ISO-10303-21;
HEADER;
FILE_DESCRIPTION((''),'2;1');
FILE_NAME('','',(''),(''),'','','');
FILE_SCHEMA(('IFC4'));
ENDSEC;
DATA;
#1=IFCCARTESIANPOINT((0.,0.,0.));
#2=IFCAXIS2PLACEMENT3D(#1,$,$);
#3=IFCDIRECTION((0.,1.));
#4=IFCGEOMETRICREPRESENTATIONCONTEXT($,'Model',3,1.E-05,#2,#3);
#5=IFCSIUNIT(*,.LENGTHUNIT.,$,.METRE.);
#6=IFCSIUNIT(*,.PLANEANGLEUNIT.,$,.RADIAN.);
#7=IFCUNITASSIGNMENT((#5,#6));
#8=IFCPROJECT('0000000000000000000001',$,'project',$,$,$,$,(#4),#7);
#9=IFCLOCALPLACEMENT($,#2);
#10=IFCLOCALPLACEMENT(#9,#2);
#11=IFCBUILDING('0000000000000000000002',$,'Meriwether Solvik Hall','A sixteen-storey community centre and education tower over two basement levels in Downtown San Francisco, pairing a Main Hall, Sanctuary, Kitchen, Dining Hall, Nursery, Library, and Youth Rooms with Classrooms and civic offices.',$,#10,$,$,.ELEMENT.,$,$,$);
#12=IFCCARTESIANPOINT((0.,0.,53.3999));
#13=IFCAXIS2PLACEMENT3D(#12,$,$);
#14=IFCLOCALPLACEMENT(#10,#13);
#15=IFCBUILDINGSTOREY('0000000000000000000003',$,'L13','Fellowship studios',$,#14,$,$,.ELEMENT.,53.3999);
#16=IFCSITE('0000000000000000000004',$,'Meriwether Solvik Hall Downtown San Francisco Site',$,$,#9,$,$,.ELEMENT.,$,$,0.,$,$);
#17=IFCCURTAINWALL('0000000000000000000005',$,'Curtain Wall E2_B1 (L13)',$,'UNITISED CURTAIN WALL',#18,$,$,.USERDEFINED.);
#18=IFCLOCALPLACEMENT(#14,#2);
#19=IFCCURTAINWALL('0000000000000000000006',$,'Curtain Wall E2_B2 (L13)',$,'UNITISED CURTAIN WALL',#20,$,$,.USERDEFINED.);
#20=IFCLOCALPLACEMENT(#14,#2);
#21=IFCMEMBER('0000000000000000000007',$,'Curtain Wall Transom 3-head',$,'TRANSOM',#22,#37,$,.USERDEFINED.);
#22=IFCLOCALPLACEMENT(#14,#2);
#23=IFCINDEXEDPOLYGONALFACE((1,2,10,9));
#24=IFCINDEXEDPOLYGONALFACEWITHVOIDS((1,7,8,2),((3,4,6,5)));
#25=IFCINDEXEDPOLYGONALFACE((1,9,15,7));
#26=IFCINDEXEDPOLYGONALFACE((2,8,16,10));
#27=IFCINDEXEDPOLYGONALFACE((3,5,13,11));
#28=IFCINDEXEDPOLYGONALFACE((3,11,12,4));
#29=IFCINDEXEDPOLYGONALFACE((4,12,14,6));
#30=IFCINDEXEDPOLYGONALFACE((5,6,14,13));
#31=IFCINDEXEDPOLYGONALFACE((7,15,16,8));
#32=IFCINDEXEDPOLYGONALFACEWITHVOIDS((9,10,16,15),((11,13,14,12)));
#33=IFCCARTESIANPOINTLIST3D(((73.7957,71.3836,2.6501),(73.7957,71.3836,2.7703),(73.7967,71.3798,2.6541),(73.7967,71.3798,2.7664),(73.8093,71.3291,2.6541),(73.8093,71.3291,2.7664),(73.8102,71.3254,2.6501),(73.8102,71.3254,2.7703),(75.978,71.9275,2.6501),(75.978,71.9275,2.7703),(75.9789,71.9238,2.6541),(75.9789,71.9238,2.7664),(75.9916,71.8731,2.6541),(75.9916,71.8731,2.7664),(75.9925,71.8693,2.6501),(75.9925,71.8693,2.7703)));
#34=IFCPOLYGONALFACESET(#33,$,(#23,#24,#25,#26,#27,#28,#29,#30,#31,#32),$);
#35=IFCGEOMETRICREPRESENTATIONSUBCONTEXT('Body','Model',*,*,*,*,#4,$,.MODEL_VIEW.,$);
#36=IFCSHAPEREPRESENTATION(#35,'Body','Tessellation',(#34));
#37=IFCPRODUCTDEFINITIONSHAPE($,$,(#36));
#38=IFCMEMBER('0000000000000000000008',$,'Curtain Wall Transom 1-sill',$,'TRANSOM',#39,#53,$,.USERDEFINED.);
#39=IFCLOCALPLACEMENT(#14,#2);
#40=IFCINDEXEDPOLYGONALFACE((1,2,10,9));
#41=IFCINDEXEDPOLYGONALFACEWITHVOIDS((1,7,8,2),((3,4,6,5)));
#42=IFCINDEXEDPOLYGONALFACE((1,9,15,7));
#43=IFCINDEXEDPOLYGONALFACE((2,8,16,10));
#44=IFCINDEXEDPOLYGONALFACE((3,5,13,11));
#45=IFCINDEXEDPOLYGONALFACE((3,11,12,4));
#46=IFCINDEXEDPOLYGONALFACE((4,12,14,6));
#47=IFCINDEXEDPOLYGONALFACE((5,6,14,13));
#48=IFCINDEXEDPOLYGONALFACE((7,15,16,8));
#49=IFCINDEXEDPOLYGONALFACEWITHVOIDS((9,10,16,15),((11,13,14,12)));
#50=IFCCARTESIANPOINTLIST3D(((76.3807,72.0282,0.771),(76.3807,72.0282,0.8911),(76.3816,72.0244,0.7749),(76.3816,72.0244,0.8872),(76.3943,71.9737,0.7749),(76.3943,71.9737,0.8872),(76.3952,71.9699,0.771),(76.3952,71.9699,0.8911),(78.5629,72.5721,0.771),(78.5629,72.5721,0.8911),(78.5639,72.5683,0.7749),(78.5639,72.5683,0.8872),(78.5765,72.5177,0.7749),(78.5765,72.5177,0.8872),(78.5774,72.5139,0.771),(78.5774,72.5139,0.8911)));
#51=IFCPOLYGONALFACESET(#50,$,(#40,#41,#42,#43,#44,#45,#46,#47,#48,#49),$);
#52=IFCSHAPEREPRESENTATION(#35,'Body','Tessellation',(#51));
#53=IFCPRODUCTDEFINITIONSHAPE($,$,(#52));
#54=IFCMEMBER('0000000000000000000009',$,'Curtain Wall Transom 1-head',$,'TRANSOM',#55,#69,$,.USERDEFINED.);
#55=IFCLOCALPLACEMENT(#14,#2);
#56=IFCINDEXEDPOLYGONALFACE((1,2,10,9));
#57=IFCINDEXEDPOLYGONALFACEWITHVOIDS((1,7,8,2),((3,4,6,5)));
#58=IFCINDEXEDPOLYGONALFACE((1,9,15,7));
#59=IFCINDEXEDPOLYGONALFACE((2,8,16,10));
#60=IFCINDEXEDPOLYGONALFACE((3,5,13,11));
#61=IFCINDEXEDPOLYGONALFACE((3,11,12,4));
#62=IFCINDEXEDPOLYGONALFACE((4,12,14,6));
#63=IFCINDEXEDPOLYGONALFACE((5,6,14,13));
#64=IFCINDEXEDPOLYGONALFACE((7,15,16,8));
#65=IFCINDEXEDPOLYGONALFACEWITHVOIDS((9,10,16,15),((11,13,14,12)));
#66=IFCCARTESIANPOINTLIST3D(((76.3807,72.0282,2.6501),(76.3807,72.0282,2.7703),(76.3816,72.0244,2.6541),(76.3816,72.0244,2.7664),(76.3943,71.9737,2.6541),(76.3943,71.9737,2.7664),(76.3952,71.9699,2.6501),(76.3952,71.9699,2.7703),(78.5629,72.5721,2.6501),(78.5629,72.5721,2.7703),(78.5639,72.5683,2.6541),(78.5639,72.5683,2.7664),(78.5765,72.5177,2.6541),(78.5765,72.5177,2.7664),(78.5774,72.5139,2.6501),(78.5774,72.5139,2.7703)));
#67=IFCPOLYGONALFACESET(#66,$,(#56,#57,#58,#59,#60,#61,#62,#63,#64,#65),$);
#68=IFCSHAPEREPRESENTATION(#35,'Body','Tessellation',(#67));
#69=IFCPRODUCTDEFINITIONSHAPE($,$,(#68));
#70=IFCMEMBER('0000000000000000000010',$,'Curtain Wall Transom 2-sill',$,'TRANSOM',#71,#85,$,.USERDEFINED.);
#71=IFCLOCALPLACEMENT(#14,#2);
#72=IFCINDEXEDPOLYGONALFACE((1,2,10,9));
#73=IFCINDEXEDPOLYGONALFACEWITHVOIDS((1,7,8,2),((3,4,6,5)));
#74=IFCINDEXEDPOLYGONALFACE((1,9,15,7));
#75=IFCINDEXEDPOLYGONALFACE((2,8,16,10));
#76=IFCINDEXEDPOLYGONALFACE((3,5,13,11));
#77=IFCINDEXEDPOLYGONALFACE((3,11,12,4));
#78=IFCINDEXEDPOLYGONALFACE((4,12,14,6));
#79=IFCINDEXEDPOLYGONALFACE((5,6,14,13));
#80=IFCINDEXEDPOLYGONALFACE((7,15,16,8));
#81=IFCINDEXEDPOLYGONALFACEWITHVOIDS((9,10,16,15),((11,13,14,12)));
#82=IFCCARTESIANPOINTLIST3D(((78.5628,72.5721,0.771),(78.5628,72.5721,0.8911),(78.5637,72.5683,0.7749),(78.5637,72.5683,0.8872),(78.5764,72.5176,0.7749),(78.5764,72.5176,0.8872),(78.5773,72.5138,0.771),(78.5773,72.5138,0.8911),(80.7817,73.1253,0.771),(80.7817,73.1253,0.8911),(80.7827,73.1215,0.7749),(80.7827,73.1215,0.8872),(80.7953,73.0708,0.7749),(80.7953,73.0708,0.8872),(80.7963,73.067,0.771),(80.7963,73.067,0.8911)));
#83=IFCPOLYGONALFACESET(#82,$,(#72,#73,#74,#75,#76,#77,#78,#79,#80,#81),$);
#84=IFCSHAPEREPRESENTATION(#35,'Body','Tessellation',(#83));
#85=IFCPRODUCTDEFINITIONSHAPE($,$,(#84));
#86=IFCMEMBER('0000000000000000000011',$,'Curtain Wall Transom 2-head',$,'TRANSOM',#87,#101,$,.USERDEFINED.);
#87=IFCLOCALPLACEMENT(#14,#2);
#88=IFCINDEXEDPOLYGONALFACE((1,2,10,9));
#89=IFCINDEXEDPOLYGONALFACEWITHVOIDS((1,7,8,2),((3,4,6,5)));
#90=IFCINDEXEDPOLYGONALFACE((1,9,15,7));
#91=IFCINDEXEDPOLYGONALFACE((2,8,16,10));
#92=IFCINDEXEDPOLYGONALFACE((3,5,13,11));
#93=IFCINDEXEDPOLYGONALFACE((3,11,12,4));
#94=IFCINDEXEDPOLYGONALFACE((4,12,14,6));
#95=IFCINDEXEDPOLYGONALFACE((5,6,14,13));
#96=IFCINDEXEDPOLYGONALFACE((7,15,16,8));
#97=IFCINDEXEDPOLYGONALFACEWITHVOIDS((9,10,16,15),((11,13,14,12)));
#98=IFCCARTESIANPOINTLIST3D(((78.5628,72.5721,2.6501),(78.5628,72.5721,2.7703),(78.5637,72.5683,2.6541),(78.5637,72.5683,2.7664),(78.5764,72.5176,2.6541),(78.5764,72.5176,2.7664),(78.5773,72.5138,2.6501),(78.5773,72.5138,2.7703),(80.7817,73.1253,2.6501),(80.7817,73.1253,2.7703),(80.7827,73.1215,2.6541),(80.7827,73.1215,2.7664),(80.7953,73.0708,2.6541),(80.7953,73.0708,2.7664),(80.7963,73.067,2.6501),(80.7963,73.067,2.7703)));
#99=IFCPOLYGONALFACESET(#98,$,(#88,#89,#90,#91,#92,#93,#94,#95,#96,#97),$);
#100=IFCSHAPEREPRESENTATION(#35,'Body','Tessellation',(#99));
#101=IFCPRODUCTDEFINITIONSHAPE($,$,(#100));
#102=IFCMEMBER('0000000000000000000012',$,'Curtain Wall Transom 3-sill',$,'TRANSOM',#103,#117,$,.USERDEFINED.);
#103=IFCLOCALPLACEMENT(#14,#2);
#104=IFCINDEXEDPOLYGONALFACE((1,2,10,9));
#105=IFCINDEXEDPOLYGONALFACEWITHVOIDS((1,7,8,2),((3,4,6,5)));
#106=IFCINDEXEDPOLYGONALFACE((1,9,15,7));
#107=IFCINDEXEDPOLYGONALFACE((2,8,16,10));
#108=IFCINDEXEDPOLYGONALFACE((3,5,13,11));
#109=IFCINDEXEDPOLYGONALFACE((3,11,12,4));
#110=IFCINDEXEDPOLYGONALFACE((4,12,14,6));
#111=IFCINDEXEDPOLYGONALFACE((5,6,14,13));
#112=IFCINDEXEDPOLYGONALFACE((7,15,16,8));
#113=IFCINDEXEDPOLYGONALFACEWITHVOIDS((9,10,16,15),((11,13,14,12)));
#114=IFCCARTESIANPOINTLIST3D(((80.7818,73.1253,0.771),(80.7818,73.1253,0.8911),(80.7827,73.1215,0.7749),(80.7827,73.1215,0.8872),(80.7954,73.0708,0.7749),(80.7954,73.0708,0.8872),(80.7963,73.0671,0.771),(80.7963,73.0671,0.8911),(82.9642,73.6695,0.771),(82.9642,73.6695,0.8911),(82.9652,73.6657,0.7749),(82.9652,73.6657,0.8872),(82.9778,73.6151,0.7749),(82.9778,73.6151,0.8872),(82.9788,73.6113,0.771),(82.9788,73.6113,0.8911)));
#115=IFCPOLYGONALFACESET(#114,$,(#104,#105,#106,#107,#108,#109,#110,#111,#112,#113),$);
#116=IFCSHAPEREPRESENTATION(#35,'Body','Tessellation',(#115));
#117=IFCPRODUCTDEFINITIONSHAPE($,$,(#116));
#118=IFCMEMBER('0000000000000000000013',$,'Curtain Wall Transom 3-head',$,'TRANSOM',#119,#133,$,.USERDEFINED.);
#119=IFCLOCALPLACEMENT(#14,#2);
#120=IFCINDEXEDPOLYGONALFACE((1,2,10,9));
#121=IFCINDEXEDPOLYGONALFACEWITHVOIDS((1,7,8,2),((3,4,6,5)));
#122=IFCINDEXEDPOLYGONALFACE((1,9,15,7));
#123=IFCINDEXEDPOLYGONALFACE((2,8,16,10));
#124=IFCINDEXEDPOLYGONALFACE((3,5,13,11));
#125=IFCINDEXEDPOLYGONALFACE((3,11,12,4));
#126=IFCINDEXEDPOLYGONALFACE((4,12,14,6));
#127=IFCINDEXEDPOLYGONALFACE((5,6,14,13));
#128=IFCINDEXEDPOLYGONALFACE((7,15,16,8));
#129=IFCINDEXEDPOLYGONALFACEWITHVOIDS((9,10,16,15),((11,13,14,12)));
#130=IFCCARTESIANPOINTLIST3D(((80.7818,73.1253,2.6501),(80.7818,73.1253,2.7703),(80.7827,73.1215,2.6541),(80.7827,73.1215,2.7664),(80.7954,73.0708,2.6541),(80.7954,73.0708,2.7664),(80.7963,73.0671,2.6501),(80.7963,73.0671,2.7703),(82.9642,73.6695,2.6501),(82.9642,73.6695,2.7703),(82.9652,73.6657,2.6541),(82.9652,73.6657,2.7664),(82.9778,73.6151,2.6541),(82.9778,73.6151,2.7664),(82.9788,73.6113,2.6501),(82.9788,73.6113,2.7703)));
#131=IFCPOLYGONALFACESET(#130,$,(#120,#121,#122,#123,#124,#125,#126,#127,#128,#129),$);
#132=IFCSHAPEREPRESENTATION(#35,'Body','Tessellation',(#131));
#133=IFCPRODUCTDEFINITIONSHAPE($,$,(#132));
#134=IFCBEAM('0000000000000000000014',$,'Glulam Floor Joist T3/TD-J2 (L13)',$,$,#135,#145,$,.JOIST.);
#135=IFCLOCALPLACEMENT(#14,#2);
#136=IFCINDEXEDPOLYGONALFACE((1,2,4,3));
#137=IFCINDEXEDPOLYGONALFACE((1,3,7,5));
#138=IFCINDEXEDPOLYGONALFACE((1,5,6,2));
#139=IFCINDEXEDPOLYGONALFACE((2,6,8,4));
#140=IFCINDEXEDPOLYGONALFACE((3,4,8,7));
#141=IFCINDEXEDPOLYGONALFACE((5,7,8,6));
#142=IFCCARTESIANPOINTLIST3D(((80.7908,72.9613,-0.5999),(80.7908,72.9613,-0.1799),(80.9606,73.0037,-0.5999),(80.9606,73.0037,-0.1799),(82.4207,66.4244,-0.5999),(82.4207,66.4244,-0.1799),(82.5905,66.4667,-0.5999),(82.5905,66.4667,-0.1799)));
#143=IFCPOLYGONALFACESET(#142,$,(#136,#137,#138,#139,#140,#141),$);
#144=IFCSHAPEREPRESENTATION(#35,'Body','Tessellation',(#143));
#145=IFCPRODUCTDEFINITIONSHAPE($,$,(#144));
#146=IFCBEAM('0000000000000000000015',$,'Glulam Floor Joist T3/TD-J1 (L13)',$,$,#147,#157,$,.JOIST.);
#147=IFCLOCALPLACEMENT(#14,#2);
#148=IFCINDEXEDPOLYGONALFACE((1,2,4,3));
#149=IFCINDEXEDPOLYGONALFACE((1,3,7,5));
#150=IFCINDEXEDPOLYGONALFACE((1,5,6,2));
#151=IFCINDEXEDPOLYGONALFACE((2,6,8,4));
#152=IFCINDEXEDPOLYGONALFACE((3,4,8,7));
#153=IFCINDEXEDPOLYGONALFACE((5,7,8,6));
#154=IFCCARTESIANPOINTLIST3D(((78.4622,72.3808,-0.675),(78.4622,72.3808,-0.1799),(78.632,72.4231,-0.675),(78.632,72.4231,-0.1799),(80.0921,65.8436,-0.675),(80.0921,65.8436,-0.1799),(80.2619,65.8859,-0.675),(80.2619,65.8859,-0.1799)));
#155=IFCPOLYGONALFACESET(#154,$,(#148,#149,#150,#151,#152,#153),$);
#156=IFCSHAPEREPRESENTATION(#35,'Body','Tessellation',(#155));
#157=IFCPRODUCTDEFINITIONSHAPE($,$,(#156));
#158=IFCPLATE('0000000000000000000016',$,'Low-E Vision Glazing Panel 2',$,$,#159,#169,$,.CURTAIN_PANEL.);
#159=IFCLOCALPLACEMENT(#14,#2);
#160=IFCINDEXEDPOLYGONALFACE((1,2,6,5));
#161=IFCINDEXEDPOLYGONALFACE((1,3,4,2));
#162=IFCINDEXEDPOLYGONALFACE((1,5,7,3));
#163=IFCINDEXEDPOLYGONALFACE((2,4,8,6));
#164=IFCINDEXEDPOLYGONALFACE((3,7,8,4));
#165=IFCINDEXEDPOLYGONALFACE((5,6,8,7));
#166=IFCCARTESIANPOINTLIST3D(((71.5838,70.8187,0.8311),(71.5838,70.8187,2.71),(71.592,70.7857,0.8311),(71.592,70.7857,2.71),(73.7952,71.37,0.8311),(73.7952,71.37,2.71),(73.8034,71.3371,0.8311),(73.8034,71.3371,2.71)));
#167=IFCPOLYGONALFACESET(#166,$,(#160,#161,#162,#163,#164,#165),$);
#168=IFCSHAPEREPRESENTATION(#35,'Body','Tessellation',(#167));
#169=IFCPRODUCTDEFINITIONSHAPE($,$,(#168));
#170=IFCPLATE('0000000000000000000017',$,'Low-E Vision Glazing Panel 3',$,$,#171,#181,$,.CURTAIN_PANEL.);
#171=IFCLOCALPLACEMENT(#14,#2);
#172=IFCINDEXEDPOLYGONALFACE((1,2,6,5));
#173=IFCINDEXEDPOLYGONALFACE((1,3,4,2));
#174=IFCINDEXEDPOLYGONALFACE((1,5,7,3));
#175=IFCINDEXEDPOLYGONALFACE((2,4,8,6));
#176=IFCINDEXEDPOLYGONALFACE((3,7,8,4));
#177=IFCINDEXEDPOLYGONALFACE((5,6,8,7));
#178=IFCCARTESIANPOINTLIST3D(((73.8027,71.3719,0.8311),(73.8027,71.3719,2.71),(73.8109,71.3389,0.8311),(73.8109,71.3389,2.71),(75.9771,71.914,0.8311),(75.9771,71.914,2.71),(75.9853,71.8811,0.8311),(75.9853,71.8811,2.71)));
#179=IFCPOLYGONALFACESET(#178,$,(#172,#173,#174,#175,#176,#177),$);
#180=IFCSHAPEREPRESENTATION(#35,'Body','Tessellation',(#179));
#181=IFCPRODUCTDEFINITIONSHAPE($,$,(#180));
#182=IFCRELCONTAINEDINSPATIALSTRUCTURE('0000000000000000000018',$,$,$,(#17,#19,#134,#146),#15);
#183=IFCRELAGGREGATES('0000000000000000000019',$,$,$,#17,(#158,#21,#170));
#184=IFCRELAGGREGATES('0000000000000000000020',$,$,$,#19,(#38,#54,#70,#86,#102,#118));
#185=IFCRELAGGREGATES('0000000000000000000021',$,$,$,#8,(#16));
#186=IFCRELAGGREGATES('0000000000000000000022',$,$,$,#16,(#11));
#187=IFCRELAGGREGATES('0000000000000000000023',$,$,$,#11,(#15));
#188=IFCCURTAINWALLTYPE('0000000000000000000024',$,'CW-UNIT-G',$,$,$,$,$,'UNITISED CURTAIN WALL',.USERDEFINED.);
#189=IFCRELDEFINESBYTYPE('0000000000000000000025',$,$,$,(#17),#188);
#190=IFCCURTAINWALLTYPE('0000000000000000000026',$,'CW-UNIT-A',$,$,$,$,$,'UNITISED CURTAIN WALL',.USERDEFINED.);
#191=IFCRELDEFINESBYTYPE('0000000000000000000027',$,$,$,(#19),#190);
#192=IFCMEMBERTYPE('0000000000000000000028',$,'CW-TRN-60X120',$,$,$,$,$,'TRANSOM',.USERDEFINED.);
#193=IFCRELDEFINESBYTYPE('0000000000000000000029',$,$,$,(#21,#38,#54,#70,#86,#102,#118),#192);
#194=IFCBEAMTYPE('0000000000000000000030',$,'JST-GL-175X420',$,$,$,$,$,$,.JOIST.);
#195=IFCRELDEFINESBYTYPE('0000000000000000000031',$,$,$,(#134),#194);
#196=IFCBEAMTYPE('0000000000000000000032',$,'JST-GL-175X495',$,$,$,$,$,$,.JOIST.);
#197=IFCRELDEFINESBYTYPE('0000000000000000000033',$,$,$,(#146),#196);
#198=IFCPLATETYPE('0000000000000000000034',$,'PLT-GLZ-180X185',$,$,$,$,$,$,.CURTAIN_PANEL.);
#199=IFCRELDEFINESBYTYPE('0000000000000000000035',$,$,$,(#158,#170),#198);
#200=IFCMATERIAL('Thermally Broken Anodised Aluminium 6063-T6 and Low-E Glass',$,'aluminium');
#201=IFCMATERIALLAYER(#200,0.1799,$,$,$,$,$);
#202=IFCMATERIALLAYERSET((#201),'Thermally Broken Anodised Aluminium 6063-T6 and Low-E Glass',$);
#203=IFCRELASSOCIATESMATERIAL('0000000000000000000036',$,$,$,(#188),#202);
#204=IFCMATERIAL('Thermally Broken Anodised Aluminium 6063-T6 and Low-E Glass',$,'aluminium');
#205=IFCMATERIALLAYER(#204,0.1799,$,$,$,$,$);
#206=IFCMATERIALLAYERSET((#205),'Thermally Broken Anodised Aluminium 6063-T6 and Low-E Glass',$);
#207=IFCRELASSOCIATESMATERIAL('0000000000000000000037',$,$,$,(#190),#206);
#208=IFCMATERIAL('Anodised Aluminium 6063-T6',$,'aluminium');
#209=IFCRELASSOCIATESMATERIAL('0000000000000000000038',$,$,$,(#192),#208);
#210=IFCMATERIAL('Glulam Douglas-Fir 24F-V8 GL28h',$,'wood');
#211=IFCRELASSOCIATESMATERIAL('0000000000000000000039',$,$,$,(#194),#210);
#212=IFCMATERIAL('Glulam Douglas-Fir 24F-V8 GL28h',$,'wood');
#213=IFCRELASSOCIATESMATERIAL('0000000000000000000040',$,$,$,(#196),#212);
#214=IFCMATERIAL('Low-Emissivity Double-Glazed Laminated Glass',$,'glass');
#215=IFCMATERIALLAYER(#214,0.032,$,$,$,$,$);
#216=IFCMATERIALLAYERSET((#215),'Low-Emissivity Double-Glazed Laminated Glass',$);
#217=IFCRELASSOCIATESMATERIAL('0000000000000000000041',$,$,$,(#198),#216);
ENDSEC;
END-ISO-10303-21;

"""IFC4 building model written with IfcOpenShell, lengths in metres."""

from ifc_helpers import new_model, si_unit, direction, frame, origin, origin_2d, place, context, subcontext, project, spatial, rectangle, hollow_rectangle, extrude, material, layer, layer_set, material_profile, profile_set, type_object, element, aggregate, save


model = new_model("IFC4")

# Units and contexts
model_context = context("Model", 3, precision=1e-05, world=origin(), true_north=direction((0.0, 1.0)))
body_context = subcontext(model_context, "Body", "Model", "MODEL_VIEW")
ifc_project = project(units=[si_unit("LENGTHUNIT", "METRE"), si_unit("PLANEANGLEUNIT", "RADIAN")], contexts=[model_context])

# Site, building, storey
site_placement = place(None, origin())
site = spatial("IfcSite", under=ifc_project, at=site_placement, Name="Meriwether Solvik Hall Downtown San Francisco Site", CompositionType="ELEMENT", RefElevation=0.0)
building_placement = place(site_placement, origin())
building = spatial("IfcBuilding", under=site, at=building_placement, Name="Meriwether Solvik Hall", Description="A sixteen-storey community centre and education tower over two basement levels in Downtown San Francisco, pairing a Main Hall, Sanctuary, Kitchen, Dining Hall, Nursery, Library, and Youth Rooms with Classrooms and civic offices.", CompositionType="ELEMENT")
storey_placement = place(building_placement, frame((0.0, 0.0, 53.3999)))
storey = spatial("IfcBuildingStorey", under=building, at=storey_placement, Name="L13", Description="Fellowship studios", CompositionType="ELEMENT", Elevation=53.3999)

# Curtain walls
ifc_material_1 = material(Name="Thermally Broken Anodised Aluminium 6063-T6 and Low-E Glass", Category="aluminium")
ifc_layer_1 = layer(ifc_material_1, 0.1799)
ifc_layer_set_1 = layer_set([ifc_layer_1], Name="Thermally Broken Anodised Aluminium 6063-T6 and Low-E Glass")
curtain_wall_type_1 = type_object("IfcCurtainWallType", Name="CW-UNIT-G", ElementType="UNITISED CURTAIN WALL", PredefinedType="USERDEFINED", material=ifc_layer_set_1)
curtain_wall_1_placement = place(storey_placement, origin())
curtain_wall_1 = element("IfcCurtainWall", 1, at=curtain_wall_1_placement, inside=storey, type_object=curtain_wall_type_1, Name="Curtain Wall E2_B1 (L13)", ObjectType="UNITISED CURTAIN WALL", PredefinedType="USERDEFINED")
ifc_material_2 = material(Name="Thermally Broken Anodised Aluminium 6063-T6 and Low-E Glass", Category="aluminium")
ifc_layer_2 = layer(ifc_material_2, 0.1799)
ifc_layer_set_2 = layer_set([ifc_layer_2], Name="Thermally Broken Anodised Aluminium 6063-T6 and Low-E Glass")
curtain_wall_type_2 = type_object("IfcCurtainWallType", Name="CW-UNIT-A", ElementType="UNITISED CURTAIN WALL", PredefinedType="USERDEFINED", material=ifc_layer_set_2)
curtain_wall_2_placement = place(storey_placement, origin())
curtain_wall_2 = element("IfcCurtainWall", 2, at=curtain_wall_2_placement, inside=storey, type_object=curtain_wall_type_2, Name="Curtain Wall E2_B2 (L13)", ObjectType="UNITISED CURTAIN WALL", PredefinedType="USERDEFINED")

# Members
ifc_material_3 = material(Name="Anodised Aluminium 6063-T6", Category="aluminium")
ifc_material_profile_1 = material_profile(ifc_material_3, hollow_rectangle(XDim=0.0601, YDim=0.1201, WallThickness=0.0039, at=origin_2d()), Name="CWT-60X120")
ifc_profile_set_1 = profile_set([ifc_material_profile_1], Name="Anodised Aluminium 6063-T6")
member_type_1 = type_object("IfcMemberType", Name="CW-TRN-60X120", ElementType="TRANSOM", PredefinedType="USERDEFINED", material=ifc_profile_set_1)
member_1_placement = place(storey_placement, frame((73.803, 71.3545, 2.7102), z_axis=(0.970315, 0.241846, 0.0), x_axis=(-0.241846, 0.970315, 0.0)))
member_1 = element("IfcMember", 3, at=member_1_placement, type_object=member_type_1, Name="Curtain Wall Transom 3-head", ObjectType="TRANSOM", PredefinedType="USERDEFINED", context=body_context, shape_type="SweptSolid", body=[
    extrude(hollow_rectangle(XDim=0.0601, YDim=0.1201, WallThickness=0.0039, at=origin_2d()), origin(), (0.0, 0.0, 1.0), 2.249),
])
member_2_placement = place(storey_placement, frame((76.3879, 71.999, 0.8311), z_axis=(0.970308, 0.241871, 0.0), x_axis=(-0.241871, 0.970308, 0.0)))
member_2 = element("IfcMember", 4, at=member_2_placement, type_object=member_type_1, Name="Curtain Wall Transom 1-sill", ObjectType="TRANSOM", PredefinedType="USERDEFINED", context=body_context, shape_type="SweptSolid", body=[
    extrude(hollow_rectangle(XDim=0.0601, YDim=0.1201, WallThickness=0.0039, at=origin_2d()), origin(), (0.0, 0.0, 1.0), 2.249),
])
member_3_placement = place(storey_placement, frame((76.3879, 71.999, 2.7102), z_axis=(0.970308, 0.241871, 0.0), x_axis=(-0.241871, 0.970308, 0.0)))
member_3 = element("IfcMember", 5, at=member_3_placement, type_object=member_type_1, Name="Curtain Wall Transom 1-head", ObjectType="TRANSOM", PredefinedType="USERDEFINED", context=body_context, shape_type="SweptSolid", body=[
    extrude(hollow_rectangle(XDim=0.0601, YDim=0.1201, WallThickness=0.0039, at=origin_2d()), origin(), (0.0, 0.0, 1.0), 2.249),
])
member_4_placement = place(storey_placement, frame((78.5701, 72.543, 0.8311), z_axis=(0.970299, 0.241908, 0.0), x_axis=(-0.241908, 0.970299, 0.0)))
member_4 = element("IfcMember", 6, at=member_4_placement, type_object=member_type_1, Name="Curtain Wall Transom 2-sill", ObjectType="TRANSOM", PredefinedType="USERDEFINED", context=body_context, shape_type="SweptSolid", body=[
    extrude(hollow_rectangle(XDim=0.0601, YDim=0.1201, WallThickness=0.0039, at=origin_2d()), origin(), (0.0, 0.0, 1.0), 2.2869),
])
member_5_placement = place(storey_placement, frame((78.5701, 72.543, 2.7102), z_axis=(0.970299, 0.241908, 0.0), x_axis=(-0.241908, 0.970299, 0.0)))
member_5 = element("IfcMember", 7, at=member_5_placement, type_object=member_type_1, Name="Curtain Wall Transom 2-head", ObjectType="TRANSOM", PredefinedType="USERDEFINED", context=body_context, shape_type="SweptSolid", body=[
    extrude(hollow_rectangle(XDim=0.0601, YDim=0.1201, WallThickness=0.0039, at=origin_2d()), origin(), (0.0, 0.0, 1.0), 2.2869),
])
member_6_placement = place(storey_placement, frame((80.7891, 73.0962, 0.8311), z_axis=(0.970289, 0.241948, 0.0), x_axis=(-0.241948, 0.970289, 0.0)))
member_6 = element("IfcMember", 8, at=member_6_placement, type_object=member_type_1, Name="Curtain Wall Transom 3-sill", ObjectType="TRANSOM", PredefinedType="USERDEFINED", context=body_context, shape_type="SweptSolid", body=[
    extrude(hollow_rectangle(XDim=0.0601, YDim=0.1201, WallThickness=0.0039, at=origin_2d()), origin(), (0.0, 0.0, 1.0), 2.2493),
])
member_7_placement = place(storey_placement, frame((80.7891, 73.0962, 2.7102), z_axis=(0.970289, 0.241948, 0.0), x_axis=(-0.241948, 0.970289, 0.0)))
member_7 = element("IfcMember", 9, at=member_7_placement, type_object=member_type_1, Name="Curtain Wall Transom 3-head", ObjectType="TRANSOM", PredefinedType="USERDEFINED", context=body_context, shape_type="SweptSolid", body=[
    extrude(hollow_rectangle(XDim=0.0601, YDim=0.1201, WallThickness=0.0039, at=origin_2d()), origin(), (0.0, 0.0, 1.0), 2.2493),
])

# Beams
ifc_material_4 = material(Name="Glulam Douglas-Fir 24F-V8 GL28h", Category="wood")
ifc_material_profile_2 = material_profile(ifc_material_4, rectangle(XDim=0.175, YDim=0.4199, at=origin_2d()), Name="GLJ-175X420")
ifc_profile_set_2 = profile_set([ifc_material_profile_2], Name="Glulam Douglas-Fir 24F-V8 GL28h")
beam_type_1 = type_object("IfcBeamType", Name="JST-GL-175X420", PredefinedType="JOIST", material=ifc_profile_set_2)
beam_1_placement = place(storey_placement, frame((82.5056, 66.4456, -0.3899), z_axis=(-0.24193, 0.970294, 0.0), x_axis=(-0.970294, -0.24193, 0.0)))
element("IfcBeam", 10, at=beam_1_placement, inside=storey, type_object=beam_type_1, Name="Glulam Floor Joist T3/TD-J2 (L13)", PredefinedType="JOIST", context=body_context, shape_type="SweptSolid", body=[
    extrude(rectangle(XDim=0.175, YDim=0.4199, at=origin_2d()), origin(), (0.0, 0.0, 1.0), 6.7371),
])
ifc_material_5 = material(Name="Glulam Douglas-Fir 24F-V8 GL28h", Category="wood")
ifc_material_profile_3 = material_profile(ifc_material_5, rectangle(XDim=0.175, YDim=0.4951, at=origin_2d()), Name="GLJ-175X495")
ifc_profile_set_3 = profile_set([ifc_material_profile_3], Name="Glulam Douglas-Fir 24F-V8 GL28h")
beam_type_2 = type_object("IfcBeamType", Name="JST-GL-175X495", PredefinedType="JOIST", material=ifc_profile_set_3)
beam_2_placement = place(storey_placement, frame((80.177, 65.8647, -0.4275), z_axis=(-0.241922, 0.970296, 0.0), x_axis=(-0.970296, -0.241922, 0.0)))
element("IfcBeam", 11, at=beam_2_placement, inside=storey, type_object=beam_type_2, Name="Glulam Floor Joist T3/TD-J1 (L13)", PredefinedType="JOIST", context=body_context, shape_type="SweptSolid", body=[
    extrude(rectangle(XDim=0.175, YDim=0.4951, at=origin_2d()), origin(), (0.0, 0.0, 1.0), 6.7373),
])

# Plates
ifc_material_6 = material(Name="Low-Emissivity Double-Glazed Laminated Glass", Category="glass")
ifc_layer_3 = layer(ifc_material_6, 0.032)
ifc_layer_set_3 = layer_set([ifc_layer_3], Name="Low-Emissivity Double-Glazed Laminated Glass")
plate_type_1 = type_object("IfcPlateType", Name="PLT-GLZ-180X185", PredefinedType="CURTAIN_PANEL", material=ifc_layer_set_3)
plate_1_placement = place(storey_placement, frame((72.6936, 71.0779, 0.8311), z_axis=(0.0, 0.0, 1.0), x_axis=(0.970296, 0.241922, 0.0)))
plate_1 = element("IfcPlate", 12, at=plate_1_placement, type_object=plate_type_1, Name="Low-E Vision Glazing Panel 2", PredefinedType="CURTAIN_PANEL", context=body_context, shape_type="SweptSolid", body=[
    extrude(rectangle(XDim=2.2791, YDim=0.0339, at=origin_2d()), origin(), (0.0, 0.0, 1.0), 1.8789),
])
plate_2_placement = place(storey_placement, frame((74.894, 71.6265, 0.8311), z_axis=(0.0, 0.0, 1.0), x_axis=(0.970296, 0.241922, 0.0)))
plate_2 = element("IfcPlate", 13, at=plate_2_placement, type_object=plate_type_1, Name="Low-E Vision Glazing Panel 3", PredefinedType="CURTAIN_PANEL", context=body_context, shape_type="SweptSolid", body=[
    extrude(rectangle(XDim=2.241, YDim=0.0339, at=origin_2d()), origin(), (0.0, 0.0, 1.0), 1.8789),
])
aggregate(curtain_wall_1, [plate_1, member_1, plate_2])
aggregate(curtain_wall_2, [member_2, member_3, member_4, member_5, member_6, member_7])

save(model, "model.ifc")
